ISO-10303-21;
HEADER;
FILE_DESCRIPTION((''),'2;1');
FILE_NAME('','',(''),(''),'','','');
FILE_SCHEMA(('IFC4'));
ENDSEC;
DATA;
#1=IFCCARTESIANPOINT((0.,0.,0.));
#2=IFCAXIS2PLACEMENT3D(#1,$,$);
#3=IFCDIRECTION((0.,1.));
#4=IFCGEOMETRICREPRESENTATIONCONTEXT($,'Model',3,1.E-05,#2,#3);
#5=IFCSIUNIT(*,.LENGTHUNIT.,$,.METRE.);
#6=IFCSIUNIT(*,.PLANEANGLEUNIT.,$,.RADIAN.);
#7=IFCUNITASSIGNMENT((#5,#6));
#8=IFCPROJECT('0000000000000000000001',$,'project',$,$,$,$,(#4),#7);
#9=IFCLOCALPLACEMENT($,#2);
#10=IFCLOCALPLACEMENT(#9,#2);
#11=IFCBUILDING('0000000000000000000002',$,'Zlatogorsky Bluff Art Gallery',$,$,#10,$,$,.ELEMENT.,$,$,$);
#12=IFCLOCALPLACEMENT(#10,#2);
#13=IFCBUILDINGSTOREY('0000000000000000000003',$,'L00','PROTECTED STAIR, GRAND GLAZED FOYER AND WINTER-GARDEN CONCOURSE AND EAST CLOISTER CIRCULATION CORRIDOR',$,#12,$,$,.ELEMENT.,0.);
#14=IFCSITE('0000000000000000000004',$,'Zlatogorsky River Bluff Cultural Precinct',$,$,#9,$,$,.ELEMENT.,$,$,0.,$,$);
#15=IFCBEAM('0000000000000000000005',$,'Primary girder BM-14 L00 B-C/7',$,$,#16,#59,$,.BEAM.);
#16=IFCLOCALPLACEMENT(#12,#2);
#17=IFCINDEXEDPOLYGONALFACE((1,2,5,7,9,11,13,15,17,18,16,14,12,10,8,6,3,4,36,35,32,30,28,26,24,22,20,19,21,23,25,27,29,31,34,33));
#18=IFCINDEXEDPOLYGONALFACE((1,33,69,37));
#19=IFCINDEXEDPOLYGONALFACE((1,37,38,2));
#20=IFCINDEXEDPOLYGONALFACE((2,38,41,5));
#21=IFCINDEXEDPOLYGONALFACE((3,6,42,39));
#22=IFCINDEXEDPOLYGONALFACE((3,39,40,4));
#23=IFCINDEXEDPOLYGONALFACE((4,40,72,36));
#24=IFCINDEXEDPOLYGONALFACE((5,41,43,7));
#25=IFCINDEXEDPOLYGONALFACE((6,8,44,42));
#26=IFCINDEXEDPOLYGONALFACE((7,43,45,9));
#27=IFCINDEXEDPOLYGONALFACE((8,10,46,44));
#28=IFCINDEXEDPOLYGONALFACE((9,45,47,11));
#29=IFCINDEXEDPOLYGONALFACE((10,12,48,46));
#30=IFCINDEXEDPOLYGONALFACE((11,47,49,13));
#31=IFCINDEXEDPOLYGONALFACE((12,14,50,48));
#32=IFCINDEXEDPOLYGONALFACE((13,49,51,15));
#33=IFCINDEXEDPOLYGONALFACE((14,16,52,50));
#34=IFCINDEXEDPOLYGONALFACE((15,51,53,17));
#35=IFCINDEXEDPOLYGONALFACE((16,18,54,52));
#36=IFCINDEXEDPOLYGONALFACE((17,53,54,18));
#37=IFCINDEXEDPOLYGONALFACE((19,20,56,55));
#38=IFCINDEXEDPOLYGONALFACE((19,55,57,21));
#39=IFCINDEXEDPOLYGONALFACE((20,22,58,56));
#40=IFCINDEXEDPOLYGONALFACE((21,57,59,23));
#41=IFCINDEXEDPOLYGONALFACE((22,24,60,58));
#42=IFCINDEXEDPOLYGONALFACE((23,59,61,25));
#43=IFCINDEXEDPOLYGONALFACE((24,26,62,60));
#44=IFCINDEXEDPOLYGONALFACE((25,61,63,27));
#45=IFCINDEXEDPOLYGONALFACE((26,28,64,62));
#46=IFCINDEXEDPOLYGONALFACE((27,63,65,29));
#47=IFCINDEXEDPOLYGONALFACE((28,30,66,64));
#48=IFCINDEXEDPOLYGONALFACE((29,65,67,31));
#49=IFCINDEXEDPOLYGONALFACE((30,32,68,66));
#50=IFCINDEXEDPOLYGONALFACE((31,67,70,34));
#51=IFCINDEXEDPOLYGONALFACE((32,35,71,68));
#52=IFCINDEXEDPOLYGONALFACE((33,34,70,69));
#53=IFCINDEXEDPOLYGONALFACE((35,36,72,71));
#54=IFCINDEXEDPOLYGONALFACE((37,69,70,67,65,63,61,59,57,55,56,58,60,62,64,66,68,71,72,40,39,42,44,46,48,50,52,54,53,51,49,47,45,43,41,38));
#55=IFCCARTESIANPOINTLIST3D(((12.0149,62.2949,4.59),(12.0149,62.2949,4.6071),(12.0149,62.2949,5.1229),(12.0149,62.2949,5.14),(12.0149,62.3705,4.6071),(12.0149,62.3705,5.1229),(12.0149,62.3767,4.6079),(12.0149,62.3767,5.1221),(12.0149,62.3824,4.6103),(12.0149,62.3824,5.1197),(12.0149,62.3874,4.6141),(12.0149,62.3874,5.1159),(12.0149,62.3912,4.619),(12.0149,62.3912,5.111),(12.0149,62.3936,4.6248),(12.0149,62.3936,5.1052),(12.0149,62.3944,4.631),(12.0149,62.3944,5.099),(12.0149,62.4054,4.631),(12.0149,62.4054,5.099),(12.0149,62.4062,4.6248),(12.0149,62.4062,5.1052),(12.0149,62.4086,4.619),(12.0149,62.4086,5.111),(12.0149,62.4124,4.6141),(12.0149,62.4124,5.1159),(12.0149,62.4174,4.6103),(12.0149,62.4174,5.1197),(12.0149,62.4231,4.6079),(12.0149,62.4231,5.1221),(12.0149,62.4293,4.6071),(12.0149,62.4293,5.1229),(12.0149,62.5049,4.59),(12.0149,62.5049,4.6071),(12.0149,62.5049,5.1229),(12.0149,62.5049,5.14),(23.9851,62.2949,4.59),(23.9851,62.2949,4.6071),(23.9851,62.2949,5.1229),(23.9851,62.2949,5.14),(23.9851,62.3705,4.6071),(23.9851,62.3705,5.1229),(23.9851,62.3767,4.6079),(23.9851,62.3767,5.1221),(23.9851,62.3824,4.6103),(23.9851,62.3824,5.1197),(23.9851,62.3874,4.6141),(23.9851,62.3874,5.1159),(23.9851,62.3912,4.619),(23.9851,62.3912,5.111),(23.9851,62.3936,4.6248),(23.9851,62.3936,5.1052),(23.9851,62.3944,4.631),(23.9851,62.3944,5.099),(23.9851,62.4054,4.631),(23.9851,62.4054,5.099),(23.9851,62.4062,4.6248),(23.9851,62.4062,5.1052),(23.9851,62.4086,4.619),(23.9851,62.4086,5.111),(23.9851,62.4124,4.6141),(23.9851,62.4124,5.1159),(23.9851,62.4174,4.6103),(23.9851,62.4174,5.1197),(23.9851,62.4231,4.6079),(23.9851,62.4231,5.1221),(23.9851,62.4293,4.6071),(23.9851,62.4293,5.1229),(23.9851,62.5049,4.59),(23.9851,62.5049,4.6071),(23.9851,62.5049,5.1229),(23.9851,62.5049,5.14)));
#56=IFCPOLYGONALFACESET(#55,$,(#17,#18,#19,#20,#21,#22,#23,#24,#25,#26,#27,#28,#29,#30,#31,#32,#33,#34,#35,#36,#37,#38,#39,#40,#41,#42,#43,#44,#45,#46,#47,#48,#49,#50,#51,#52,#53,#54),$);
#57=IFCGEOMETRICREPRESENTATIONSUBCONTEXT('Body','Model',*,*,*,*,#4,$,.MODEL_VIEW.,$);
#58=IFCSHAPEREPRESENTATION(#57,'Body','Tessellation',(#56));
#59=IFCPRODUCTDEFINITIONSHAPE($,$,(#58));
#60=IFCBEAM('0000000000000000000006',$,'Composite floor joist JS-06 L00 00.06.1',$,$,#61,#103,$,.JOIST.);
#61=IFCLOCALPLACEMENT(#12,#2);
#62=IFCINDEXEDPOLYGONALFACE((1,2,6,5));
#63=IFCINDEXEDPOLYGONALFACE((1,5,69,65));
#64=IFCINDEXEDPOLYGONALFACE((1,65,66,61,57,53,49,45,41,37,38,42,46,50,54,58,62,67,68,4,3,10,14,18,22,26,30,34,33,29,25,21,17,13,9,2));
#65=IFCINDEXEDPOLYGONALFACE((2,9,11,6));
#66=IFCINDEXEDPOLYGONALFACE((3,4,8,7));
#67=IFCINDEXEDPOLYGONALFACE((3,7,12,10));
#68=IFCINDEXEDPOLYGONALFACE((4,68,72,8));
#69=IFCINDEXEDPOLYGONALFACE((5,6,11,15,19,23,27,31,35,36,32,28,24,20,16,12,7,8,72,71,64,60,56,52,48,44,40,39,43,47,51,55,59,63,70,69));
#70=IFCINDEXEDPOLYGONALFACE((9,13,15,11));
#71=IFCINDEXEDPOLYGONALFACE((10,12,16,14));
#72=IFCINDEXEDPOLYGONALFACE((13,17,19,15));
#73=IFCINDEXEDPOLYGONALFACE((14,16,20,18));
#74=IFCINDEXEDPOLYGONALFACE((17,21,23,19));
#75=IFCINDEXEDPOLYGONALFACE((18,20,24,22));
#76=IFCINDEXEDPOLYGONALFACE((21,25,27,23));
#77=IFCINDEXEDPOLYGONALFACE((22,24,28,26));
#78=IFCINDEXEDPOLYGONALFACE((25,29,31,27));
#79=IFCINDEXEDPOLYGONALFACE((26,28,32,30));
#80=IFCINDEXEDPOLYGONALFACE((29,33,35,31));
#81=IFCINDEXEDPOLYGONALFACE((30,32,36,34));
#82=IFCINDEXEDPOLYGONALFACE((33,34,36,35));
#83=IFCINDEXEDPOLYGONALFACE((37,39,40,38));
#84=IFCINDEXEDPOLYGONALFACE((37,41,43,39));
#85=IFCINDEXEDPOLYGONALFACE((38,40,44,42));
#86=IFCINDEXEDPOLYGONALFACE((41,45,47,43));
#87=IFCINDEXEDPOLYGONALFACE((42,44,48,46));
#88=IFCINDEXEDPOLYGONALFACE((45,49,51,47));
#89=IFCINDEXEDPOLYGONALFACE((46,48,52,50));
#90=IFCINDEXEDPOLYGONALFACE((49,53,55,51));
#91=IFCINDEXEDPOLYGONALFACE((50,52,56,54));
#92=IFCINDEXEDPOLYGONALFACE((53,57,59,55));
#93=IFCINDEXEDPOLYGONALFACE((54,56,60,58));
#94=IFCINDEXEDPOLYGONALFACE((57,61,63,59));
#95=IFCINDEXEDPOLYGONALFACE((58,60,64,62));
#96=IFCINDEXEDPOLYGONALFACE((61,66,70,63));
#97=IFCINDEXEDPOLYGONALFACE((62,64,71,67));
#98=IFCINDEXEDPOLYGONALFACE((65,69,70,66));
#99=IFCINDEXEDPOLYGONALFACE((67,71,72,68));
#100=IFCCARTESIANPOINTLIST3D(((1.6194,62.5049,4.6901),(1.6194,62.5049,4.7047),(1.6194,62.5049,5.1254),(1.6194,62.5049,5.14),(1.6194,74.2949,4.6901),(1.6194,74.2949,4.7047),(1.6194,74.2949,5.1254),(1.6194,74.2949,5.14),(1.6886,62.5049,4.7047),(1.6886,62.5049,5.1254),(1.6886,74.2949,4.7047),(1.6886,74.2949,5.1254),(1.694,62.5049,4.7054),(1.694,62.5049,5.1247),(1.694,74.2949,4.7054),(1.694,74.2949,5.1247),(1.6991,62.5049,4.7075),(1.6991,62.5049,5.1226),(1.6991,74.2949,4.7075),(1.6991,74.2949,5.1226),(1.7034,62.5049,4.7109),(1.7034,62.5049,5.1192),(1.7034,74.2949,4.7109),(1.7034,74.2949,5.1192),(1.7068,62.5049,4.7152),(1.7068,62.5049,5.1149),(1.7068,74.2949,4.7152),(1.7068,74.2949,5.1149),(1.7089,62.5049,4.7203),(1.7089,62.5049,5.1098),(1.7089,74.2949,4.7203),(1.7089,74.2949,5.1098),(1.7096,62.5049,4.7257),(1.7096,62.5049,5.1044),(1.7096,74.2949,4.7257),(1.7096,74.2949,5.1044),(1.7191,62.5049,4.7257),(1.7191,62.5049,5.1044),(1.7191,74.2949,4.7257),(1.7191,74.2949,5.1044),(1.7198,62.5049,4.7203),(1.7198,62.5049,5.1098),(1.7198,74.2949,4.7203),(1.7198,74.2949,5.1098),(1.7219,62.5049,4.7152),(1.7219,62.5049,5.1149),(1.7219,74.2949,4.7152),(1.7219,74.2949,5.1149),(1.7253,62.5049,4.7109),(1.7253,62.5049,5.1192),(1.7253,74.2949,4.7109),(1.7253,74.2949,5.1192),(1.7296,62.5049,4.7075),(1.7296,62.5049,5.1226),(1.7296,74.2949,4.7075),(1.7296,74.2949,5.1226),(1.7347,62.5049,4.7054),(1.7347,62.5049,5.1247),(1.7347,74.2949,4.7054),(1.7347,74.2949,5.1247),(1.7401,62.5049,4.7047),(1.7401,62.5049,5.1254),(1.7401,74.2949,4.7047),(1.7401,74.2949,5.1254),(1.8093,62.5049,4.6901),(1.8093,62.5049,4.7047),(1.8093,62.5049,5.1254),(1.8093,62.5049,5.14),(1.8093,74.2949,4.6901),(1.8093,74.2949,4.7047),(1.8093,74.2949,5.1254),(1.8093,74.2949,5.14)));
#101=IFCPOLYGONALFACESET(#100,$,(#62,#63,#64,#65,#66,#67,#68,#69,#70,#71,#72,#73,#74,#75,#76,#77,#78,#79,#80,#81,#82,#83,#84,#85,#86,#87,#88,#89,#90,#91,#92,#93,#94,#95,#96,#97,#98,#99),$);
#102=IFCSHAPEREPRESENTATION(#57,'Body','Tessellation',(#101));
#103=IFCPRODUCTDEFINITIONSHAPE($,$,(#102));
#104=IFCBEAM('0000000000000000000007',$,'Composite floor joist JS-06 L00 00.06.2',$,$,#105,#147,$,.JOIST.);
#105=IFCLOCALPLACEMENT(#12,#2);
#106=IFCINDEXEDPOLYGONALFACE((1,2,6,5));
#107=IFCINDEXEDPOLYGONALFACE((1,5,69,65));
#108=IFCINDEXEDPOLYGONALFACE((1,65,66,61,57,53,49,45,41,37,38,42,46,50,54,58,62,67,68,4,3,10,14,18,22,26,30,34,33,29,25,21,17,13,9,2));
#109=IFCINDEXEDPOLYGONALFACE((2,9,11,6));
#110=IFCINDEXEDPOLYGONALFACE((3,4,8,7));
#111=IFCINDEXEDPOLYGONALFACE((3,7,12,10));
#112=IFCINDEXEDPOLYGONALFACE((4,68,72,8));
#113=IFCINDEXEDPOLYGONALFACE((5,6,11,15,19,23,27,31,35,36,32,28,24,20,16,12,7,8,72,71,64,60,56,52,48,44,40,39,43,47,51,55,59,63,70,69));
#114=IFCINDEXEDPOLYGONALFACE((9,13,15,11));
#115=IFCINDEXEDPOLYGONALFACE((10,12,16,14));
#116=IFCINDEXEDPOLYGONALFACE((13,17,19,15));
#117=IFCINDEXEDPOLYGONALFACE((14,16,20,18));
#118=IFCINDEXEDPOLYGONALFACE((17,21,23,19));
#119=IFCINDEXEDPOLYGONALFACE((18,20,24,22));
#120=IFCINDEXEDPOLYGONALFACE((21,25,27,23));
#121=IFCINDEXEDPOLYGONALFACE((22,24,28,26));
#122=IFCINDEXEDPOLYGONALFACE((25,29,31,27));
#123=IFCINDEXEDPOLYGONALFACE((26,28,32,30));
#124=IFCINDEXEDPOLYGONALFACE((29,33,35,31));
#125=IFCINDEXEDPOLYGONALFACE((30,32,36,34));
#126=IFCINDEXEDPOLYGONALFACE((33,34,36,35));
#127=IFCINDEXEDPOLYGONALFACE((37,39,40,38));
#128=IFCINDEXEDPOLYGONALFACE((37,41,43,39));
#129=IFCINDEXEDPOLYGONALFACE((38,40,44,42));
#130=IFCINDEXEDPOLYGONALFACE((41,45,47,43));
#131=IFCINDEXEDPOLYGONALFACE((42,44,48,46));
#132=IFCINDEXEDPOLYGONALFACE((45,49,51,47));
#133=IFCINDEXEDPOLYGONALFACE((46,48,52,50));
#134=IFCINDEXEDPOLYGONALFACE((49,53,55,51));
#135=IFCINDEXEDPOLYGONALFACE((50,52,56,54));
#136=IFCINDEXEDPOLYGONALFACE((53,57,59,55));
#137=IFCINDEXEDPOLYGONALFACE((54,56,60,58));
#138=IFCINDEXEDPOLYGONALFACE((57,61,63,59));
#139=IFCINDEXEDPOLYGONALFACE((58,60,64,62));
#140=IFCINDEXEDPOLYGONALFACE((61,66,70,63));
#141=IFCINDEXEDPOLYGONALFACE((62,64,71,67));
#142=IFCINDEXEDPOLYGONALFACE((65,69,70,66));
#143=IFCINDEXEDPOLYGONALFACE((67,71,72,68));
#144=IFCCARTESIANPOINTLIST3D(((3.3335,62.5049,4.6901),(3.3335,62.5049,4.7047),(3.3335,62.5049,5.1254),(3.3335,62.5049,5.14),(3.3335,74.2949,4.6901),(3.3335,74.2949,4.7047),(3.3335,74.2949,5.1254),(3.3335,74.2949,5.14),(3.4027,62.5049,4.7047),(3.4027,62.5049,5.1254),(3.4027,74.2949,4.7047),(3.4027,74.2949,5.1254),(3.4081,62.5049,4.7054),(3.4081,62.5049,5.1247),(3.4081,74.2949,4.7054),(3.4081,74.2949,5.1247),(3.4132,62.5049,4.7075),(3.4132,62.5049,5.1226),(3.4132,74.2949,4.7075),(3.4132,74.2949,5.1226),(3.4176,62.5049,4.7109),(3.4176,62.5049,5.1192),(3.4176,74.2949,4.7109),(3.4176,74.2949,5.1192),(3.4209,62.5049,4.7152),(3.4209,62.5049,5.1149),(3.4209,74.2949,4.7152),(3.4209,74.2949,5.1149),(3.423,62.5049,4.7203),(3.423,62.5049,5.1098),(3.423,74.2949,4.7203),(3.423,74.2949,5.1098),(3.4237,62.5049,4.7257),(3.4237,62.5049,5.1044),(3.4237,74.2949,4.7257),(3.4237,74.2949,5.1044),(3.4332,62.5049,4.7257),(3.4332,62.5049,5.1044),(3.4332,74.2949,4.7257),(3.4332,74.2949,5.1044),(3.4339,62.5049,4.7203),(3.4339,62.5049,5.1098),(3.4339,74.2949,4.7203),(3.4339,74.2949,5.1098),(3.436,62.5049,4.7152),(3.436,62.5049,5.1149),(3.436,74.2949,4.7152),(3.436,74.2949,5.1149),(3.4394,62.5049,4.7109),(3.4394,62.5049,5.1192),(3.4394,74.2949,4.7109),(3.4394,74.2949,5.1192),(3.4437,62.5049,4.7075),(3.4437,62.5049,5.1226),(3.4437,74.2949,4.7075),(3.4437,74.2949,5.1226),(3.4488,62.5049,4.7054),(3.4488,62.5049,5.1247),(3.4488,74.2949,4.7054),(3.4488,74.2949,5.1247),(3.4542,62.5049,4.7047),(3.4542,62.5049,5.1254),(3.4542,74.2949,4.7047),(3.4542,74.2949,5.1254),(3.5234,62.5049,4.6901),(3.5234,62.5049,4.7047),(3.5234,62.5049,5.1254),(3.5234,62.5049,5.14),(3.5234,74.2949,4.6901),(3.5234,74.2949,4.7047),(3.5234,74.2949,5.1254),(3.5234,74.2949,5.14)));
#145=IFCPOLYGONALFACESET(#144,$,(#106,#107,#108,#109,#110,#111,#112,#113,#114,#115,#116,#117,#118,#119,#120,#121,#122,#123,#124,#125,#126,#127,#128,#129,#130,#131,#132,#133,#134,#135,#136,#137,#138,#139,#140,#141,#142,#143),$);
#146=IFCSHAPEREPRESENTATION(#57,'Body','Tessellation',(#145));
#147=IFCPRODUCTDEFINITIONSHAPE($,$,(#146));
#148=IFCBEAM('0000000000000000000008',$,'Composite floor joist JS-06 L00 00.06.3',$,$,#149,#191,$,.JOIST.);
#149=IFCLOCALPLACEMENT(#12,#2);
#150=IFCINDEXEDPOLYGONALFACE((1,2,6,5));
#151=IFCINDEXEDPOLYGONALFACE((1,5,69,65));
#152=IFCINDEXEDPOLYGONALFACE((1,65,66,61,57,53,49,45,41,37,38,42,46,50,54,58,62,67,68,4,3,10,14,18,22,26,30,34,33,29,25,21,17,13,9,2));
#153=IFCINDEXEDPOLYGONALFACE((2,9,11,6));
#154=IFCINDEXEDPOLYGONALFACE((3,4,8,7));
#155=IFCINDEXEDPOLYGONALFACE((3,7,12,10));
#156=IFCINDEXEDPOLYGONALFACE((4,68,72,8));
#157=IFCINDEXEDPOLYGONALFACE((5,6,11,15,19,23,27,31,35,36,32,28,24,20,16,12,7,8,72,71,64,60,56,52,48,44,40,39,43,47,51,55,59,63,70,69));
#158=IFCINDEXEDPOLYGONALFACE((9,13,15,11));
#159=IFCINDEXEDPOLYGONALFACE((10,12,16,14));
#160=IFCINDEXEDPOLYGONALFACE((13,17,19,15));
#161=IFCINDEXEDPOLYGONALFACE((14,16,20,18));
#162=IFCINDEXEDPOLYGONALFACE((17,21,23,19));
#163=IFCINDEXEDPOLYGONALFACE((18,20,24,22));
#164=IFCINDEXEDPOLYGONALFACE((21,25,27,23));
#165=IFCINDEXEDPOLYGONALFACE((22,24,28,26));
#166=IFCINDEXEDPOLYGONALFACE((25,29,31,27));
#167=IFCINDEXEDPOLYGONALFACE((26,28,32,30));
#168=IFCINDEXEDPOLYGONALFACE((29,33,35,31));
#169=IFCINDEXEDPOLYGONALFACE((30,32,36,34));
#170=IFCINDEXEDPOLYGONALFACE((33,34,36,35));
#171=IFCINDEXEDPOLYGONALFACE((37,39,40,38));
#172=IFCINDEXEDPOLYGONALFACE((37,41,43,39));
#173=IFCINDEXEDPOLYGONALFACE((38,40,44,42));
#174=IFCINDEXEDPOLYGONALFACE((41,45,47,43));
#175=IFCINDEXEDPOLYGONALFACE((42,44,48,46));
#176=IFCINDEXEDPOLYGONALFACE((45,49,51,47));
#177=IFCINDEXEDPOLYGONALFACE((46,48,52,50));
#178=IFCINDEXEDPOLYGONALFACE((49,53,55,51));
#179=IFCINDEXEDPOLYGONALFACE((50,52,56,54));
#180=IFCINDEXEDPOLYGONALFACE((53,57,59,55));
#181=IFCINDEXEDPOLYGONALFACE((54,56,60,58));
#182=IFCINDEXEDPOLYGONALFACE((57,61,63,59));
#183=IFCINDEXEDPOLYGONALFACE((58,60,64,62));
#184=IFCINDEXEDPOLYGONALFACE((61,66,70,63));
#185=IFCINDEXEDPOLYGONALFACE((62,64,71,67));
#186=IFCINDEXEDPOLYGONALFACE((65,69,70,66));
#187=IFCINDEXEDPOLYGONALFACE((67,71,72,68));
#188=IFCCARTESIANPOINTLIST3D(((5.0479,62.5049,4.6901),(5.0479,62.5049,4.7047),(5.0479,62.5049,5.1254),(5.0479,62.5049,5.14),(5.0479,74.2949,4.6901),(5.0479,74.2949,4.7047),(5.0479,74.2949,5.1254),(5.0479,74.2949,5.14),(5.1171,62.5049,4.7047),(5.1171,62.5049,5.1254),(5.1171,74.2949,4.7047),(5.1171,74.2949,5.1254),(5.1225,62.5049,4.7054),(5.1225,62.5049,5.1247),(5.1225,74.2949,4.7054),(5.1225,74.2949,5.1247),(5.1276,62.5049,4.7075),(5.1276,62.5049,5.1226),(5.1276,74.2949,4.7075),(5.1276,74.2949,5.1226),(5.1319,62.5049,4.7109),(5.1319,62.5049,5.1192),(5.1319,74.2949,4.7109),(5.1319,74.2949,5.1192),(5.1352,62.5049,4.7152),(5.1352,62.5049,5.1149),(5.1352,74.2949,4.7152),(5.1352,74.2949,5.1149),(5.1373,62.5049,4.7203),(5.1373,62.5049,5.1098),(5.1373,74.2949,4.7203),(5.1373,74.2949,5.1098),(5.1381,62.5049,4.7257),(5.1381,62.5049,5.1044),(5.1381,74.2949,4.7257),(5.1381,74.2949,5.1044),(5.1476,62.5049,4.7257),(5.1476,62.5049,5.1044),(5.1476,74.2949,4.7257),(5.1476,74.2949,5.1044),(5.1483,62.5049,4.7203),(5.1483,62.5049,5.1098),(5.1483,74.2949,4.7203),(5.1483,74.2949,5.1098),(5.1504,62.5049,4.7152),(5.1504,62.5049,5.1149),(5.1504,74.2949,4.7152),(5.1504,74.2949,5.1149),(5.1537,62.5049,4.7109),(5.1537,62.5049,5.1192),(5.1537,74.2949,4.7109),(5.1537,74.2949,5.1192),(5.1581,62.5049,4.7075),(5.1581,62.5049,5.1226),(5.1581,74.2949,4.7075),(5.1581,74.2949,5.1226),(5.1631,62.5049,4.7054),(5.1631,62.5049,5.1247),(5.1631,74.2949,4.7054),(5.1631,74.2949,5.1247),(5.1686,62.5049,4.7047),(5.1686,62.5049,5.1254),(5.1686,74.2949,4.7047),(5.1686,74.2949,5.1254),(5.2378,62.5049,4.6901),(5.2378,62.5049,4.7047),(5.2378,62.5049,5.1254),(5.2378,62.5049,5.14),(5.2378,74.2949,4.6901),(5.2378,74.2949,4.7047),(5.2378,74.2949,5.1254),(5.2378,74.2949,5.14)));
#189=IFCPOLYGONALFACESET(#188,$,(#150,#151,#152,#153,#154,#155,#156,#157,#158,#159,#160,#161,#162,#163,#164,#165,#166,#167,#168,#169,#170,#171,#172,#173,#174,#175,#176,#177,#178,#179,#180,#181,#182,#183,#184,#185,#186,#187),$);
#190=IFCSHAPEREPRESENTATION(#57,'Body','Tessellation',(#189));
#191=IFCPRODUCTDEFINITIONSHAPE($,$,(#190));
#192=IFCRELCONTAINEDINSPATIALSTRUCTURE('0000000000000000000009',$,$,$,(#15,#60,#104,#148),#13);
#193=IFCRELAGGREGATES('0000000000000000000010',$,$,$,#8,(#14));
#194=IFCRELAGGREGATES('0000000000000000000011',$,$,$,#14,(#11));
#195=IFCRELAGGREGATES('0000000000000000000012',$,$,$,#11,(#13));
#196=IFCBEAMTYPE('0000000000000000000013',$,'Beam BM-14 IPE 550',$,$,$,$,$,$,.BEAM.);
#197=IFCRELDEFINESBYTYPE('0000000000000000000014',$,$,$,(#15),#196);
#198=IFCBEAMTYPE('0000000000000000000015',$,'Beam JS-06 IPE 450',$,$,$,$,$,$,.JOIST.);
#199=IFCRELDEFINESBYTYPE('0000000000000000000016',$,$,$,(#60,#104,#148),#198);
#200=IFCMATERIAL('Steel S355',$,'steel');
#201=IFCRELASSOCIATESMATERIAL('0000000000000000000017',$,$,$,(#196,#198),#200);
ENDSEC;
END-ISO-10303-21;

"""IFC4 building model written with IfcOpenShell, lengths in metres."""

from ifc_helpers import new_model, si_unit, direction, frame, origin, origin_2d, place, context, subcontext, project, spatial, i_section, extrude, material, material_profile, profile_set, type_object, element, save


model = new_model("IFC4")

# Units and contexts
model_context = context("Model", 3, precision=1e-05, world=origin(), true_north=direction((0.0, 1.0)))
body_context = subcontext(model_context, "Body", "Model", "MODEL_VIEW")
ifc_project = project(units=[si_unit("LENGTHUNIT", "METRE"), si_unit("PLANEANGLEUNIT", "RADIAN")], contexts=[model_context])

# Site, building, storey
site_placement = place(None, origin())
site = spatial("IfcSite", under=ifc_project, at=site_placement, Name="Zlatogorsky River Bluff Cultural Precinct", CompositionType="ELEMENT", RefElevation=0.0)
building_placement = place(site_placement, origin())
building = spatial("IfcBuilding", under=site, at=building_placement, Name="Zlatogorsky Bluff Art Gallery", CompositionType="ELEMENT")
storey_placement = place(building_placement, origin())
storey = spatial("IfcBuildingStorey", under=building, at=storey_placement, Name="L00", Description="PROTECTED STAIR, GRAND GLAZED FOYER AND WINTER-GARDEN CONCOURSE AND EAST CLOISTER CIRCULATION CORRIDOR", CompositionType="ELEMENT", Elevation=0.0)

# Shared definitions
ifc_material_1 = material(Name="Steel S355", Category="steel")

# Beams
ifc_material_profile_1 = material_profile(ifc_material_1, i_section(OverallWidth=0.21, OverallDepth=0.55, WebThickness=0.011, FlangeThickness=0.0171, FilletRadius=0.0239, at=origin_2d()), Name="IPE 550")
ifc_profile_set_1 = profile_set([ifc_material_profile_1], Name="Steel S355")
beam_type_1 = type_object("IfcBeamType", Name="Beam BM-14 IPE 550", PredefinedType="BEAM", material=ifc_profile_set_1)
for number, where, z_axis, x_axis, name in (
    (1, (12.0149, 62.3999, 4.865), (1.0, 0.0, 0.0), (0.0, 1.0, 0.0), "Primary girder BM-14 L00 B-C/7"),
):
    element("IfcBeam", number, at=place(storey_placement, frame(where, z_axis=z_axis, x_axis=x_axis)), inside=storey, type_object=beam_type_1, Name=name, PredefinedType="BEAM", context=body_context, shape_type="SweptSolid", body=[
        extrude(i_section(OverallWidth=0.21, OverallDepth=0.55, WebThickness=0.011, FlangeThickness=0.0171, FilletRadius=0.0239, at=origin_2d()), origin(), (0.0, 0.0, 1.0), 11.9702),
    ])
ifc_material_profile_2 = material_profile(ifc_material_1, i_section(OverallWidth=0.1899, OverallDepth=0.45, WebThickness=0.0095, FlangeThickness=0.0146, FilletRadius=0.021, at=origin_2d()), Name="IPE 450")
ifc_profile_set_2 = profile_set([ifc_material_profile_2], Name="Steel S355")
beam_type_2 = type_object("IfcBeamType", Name="Beam JS-06 IPE 450", PredefinedType="JOIST", material=ifc_profile_set_2)
for number, where, z_axis, x_axis, name in (
    (2, (1.7144, 62.5049, 4.915), (0.0, 1.0, 0.0), (-1.0, 0.0, 0.0), "Composite floor joist JS-06 L00 00.06.1"),
    (3, (3.4285, 62.5049, 4.915), (0.0, 1.0, 0.0), (-1.0, 0.0, 0.0), "Composite floor joist JS-06 L00 00.06.2"),
    (4, (5.1428, 62.5049, 4.915), (0.0, 1.0, 0.0), (-1.0, 0.0, 0.0), "Composite floor joist JS-06 L00 00.06.3"),
):
    element("IfcBeam", number, at=place(storey_placement, frame(where, z_axis=z_axis, x_axis=x_axis)), inside=storey, type_object=beam_type_2, Name=name, PredefinedType="JOIST", context=body_context, shape_type="SweptSolid", body=[
        extrude(i_section(OverallWidth=0.1899, OverallDepth=0.45, WebThickness=0.0095, FlangeThickness=0.0146, FilletRadius=0.021, at=origin_2d()), origin(), (0.0, 0.0, 1.0), 11.79),
    ])

save(model, "model.ifc")
